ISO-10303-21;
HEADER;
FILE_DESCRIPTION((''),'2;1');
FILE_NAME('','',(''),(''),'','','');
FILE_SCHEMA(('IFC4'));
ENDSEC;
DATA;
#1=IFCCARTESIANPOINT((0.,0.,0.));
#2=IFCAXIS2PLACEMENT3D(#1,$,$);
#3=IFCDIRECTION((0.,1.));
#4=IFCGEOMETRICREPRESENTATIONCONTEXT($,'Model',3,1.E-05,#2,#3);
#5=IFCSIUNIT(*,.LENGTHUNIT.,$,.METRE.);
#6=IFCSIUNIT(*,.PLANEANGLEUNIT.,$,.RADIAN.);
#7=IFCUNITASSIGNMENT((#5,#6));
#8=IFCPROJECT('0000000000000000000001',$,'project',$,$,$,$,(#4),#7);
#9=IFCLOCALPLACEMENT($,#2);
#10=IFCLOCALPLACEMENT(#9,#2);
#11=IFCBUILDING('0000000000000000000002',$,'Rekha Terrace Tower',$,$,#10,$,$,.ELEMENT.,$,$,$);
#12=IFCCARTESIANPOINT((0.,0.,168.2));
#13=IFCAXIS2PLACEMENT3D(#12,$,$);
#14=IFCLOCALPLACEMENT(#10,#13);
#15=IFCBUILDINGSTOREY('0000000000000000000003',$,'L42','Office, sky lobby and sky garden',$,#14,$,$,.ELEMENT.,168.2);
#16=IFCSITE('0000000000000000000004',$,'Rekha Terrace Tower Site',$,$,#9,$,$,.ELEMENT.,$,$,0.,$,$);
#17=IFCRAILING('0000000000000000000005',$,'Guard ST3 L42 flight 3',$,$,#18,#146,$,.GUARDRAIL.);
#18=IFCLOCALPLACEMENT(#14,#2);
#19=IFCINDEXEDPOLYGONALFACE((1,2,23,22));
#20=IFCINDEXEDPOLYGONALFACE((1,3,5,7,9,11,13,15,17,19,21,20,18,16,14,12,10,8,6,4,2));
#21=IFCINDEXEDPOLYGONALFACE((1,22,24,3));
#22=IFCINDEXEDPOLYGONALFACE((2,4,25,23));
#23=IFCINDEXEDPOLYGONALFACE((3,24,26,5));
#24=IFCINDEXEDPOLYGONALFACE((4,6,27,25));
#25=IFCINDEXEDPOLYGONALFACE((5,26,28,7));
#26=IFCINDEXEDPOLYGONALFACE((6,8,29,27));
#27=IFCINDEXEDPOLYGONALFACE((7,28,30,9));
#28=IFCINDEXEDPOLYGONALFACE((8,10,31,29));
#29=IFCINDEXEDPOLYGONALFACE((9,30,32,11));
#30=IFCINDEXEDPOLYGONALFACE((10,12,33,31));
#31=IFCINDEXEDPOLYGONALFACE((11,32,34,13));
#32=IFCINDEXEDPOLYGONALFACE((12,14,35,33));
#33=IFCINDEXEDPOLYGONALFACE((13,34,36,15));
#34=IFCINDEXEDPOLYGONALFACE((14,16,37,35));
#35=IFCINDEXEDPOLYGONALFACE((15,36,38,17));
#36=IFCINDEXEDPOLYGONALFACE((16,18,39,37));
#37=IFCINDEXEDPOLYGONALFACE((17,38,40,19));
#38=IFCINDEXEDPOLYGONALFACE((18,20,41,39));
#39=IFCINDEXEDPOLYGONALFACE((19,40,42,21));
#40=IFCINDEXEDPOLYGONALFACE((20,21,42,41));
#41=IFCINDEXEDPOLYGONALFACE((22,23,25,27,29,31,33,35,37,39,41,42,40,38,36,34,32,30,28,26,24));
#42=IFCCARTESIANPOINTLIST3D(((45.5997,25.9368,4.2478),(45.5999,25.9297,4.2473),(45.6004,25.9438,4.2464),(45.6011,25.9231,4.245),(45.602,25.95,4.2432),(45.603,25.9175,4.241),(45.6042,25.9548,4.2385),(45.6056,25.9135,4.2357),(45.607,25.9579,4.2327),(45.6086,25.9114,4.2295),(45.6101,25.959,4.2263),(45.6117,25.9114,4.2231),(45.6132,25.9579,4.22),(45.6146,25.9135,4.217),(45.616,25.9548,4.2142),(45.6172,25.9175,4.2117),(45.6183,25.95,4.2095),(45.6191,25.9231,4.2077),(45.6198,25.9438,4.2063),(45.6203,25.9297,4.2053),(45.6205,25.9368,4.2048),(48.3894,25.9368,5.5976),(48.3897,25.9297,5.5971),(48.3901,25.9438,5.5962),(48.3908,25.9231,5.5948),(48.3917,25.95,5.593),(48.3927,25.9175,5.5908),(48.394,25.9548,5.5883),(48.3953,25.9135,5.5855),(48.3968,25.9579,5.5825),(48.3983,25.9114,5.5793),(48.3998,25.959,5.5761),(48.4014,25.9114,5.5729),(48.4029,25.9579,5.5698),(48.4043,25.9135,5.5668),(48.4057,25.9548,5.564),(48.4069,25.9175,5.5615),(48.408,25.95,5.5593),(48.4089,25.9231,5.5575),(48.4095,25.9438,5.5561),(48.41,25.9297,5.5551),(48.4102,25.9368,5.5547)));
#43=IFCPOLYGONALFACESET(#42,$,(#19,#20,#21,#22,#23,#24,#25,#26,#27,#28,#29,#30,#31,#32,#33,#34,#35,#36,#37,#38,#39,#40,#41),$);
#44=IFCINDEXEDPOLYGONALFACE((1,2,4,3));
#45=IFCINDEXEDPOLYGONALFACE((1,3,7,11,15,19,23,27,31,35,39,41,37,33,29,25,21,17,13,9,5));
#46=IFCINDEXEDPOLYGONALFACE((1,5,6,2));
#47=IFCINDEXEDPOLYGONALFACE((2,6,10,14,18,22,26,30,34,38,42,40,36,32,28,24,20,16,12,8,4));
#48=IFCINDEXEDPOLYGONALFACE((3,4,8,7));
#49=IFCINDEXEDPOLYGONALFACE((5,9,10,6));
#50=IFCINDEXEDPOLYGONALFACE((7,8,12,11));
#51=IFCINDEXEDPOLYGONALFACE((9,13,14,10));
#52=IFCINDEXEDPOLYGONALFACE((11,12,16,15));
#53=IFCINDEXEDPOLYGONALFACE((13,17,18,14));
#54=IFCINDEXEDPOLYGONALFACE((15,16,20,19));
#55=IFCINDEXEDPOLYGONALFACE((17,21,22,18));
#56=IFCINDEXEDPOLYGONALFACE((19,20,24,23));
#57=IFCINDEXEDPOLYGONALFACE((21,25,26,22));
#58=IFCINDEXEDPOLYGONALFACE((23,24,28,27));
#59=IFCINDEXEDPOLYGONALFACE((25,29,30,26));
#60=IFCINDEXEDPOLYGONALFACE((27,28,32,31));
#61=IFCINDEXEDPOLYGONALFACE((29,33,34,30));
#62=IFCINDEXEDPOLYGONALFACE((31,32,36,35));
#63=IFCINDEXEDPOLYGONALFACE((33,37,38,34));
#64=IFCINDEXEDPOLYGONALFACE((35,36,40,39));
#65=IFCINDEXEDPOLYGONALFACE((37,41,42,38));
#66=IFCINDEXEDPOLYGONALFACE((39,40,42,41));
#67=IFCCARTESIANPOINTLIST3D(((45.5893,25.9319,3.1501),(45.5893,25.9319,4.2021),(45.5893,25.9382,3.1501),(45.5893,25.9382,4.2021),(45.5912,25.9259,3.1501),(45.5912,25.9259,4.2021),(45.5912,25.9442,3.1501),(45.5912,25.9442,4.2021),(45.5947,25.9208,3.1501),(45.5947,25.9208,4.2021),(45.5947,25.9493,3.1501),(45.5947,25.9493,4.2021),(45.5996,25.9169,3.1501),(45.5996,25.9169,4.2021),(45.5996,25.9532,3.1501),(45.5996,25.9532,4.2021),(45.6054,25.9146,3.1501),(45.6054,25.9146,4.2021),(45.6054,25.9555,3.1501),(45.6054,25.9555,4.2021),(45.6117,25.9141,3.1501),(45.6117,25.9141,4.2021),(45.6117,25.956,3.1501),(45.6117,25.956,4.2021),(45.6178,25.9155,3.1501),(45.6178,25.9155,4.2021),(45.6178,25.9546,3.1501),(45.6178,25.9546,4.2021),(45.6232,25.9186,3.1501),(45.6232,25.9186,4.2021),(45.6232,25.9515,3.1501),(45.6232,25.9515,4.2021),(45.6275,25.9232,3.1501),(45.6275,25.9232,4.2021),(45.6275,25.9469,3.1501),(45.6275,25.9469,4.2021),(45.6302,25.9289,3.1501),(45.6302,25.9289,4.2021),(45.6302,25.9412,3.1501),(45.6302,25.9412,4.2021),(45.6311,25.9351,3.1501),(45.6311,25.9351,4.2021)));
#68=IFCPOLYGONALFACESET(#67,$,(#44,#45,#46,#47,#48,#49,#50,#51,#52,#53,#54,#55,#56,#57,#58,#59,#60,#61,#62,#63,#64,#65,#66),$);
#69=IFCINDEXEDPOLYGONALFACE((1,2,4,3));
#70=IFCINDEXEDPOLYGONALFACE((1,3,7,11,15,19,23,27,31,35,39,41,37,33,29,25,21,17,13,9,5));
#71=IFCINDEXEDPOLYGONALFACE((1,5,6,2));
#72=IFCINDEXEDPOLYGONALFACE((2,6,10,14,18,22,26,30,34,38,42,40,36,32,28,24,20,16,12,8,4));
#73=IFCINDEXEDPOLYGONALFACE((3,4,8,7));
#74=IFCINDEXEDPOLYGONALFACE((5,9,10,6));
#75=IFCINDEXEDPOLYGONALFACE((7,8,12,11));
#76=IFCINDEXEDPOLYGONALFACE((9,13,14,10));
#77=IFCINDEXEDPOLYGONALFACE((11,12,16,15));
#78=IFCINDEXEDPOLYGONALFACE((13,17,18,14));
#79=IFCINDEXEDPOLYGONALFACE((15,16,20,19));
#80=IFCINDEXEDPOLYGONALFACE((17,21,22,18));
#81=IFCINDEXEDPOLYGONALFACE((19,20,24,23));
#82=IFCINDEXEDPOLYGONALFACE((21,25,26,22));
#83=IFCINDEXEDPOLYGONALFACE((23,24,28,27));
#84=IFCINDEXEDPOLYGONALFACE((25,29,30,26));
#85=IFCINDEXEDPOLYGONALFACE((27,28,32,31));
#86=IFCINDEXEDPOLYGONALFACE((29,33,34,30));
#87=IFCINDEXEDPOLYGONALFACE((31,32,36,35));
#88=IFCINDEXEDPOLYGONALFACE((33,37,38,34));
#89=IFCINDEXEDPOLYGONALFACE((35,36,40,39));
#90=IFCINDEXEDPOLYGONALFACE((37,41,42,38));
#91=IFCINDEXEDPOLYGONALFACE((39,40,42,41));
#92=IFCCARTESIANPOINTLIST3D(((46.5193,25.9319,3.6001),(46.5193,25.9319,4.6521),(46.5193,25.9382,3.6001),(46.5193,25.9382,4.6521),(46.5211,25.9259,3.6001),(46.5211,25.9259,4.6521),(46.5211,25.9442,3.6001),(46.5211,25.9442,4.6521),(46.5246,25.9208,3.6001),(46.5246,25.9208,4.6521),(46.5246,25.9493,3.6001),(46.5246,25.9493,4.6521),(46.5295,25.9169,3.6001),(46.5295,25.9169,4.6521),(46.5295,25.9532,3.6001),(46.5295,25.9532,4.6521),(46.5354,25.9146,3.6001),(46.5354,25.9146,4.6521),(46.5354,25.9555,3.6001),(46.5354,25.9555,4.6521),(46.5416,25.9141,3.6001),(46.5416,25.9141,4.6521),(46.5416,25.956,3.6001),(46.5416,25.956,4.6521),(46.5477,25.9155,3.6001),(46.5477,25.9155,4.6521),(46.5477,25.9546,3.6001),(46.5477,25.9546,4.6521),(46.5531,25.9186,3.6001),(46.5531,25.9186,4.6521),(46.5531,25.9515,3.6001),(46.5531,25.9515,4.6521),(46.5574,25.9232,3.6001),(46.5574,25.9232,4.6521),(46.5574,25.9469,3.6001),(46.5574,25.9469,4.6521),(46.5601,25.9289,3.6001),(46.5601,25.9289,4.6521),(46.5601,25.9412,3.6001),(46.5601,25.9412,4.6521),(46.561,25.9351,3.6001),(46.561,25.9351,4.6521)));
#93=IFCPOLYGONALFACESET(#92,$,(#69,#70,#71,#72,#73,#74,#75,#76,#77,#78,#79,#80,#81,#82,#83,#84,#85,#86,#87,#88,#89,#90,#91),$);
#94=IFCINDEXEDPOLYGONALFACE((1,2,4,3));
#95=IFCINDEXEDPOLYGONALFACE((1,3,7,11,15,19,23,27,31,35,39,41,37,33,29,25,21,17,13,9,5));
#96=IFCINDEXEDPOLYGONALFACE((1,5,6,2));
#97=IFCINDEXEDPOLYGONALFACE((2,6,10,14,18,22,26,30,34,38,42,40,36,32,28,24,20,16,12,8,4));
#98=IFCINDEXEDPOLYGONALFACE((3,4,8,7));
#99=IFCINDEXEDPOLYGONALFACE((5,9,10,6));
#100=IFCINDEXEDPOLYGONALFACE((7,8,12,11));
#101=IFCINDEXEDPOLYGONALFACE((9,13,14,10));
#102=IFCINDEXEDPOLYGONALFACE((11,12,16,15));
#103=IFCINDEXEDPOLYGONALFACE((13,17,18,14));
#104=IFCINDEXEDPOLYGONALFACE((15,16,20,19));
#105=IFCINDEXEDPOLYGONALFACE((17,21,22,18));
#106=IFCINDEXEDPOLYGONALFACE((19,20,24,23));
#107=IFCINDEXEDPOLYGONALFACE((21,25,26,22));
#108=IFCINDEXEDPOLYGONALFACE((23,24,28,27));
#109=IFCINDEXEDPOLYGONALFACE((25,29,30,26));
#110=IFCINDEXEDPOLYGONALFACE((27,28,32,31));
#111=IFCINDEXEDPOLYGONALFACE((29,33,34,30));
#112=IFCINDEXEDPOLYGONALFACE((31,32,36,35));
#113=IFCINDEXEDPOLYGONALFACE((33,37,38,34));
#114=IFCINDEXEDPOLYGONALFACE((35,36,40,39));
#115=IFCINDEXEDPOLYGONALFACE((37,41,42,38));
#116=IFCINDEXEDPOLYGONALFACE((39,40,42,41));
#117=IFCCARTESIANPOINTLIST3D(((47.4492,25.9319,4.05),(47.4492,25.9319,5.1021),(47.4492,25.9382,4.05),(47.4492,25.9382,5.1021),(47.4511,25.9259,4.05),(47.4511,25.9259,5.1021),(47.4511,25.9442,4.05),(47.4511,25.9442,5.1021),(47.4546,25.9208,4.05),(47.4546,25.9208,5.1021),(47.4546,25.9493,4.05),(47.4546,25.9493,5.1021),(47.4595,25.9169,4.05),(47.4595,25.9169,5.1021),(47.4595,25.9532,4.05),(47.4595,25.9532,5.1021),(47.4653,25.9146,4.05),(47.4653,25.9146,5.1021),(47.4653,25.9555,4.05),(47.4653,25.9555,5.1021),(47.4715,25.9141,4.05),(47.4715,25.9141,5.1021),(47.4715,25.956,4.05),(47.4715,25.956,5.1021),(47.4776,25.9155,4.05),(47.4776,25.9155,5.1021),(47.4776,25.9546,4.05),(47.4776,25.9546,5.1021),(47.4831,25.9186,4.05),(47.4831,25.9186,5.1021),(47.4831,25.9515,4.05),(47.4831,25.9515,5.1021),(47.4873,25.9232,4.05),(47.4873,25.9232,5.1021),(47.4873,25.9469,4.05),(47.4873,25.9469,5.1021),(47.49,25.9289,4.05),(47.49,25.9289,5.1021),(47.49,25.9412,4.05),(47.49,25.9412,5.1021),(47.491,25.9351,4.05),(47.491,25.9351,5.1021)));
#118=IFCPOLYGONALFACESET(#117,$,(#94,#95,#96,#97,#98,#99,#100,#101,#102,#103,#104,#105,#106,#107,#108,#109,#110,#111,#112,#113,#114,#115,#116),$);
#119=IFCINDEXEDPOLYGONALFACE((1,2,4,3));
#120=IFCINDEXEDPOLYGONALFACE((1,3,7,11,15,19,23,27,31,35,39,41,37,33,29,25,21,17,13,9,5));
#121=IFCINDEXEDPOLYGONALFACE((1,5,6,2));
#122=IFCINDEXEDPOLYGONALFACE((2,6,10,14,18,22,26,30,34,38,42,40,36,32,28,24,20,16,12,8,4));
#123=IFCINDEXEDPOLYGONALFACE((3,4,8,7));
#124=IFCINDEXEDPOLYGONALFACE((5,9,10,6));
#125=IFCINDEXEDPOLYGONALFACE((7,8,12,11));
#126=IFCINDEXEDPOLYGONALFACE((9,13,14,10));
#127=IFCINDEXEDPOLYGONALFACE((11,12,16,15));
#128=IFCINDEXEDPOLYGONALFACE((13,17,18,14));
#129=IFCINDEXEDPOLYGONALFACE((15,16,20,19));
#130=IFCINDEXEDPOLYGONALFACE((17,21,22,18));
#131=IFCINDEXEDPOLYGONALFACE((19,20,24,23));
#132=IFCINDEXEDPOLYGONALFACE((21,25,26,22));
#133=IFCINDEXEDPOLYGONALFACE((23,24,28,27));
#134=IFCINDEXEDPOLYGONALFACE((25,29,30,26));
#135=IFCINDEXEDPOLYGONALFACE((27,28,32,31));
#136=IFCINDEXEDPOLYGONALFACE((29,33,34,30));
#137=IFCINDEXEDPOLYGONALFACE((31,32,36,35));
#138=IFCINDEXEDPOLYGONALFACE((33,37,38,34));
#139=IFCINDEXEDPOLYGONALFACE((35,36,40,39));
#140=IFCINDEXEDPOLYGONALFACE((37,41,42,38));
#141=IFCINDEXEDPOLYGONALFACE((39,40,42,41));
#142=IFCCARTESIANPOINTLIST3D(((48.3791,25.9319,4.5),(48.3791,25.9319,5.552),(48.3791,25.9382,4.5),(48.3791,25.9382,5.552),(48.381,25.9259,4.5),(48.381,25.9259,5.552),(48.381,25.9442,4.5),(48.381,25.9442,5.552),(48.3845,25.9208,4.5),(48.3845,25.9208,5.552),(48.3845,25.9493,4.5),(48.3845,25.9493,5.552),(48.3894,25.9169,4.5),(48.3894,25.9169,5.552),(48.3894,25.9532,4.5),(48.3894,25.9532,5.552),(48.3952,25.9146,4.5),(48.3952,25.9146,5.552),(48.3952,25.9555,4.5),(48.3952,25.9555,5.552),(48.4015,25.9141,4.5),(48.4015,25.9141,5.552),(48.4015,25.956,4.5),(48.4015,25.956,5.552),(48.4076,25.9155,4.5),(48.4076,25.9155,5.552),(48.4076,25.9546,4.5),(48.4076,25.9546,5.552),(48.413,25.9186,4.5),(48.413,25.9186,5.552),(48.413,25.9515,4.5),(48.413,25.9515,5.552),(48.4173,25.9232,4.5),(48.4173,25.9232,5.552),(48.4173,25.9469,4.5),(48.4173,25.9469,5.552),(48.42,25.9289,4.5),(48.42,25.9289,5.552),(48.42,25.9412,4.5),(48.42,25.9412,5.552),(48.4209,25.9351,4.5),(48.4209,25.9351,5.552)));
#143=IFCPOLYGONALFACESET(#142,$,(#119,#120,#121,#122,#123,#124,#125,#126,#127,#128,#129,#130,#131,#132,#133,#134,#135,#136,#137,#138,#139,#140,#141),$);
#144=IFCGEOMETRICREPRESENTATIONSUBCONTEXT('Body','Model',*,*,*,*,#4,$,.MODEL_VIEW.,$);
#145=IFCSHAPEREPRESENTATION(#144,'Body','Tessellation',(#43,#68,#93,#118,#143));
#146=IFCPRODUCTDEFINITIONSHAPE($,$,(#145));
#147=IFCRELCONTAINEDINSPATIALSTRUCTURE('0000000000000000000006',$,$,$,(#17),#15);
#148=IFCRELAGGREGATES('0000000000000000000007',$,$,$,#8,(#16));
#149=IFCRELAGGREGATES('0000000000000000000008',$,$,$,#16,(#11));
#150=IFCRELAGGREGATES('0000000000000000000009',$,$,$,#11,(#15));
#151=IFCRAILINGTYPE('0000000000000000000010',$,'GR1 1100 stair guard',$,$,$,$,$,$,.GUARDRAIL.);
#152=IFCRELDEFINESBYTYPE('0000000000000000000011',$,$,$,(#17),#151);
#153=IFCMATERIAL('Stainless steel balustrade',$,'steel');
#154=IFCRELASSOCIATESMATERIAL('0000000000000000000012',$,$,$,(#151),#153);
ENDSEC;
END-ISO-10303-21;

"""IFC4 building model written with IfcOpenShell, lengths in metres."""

from ifc_helpers import new_model, si_unit, direction, frame, origin, origin_2d, place, context, subcontext, project, spatial, circle, extrude, material, type_object, element, save


model = new_model("IFC4")

# Units and contexts
model_context = context("Model", 3, precision=1e-05, world=origin(), true_north=direction((0.0, 1.0)))
body_context = subcontext(model_context, "Body", "Model", "MODEL_VIEW")
ifc_project = project(units=[si_unit("LENGTHUNIT", "METRE"), si_unit("PLANEANGLEUNIT", "RADIAN")], contexts=[model_context])

# Site, building, storey
site_placement = place(None, origin())
site = spatial("IfcSite", under=ifc_project, at=site_placement, Name="Rekha Terrace Tower Site", CompositionType="ELEMENT", RefElevation=0.0)
building_placement = place(site_placement, origin())
building = spatial("IfcBuilding", under=site, at=building_placement, Name="Rekha Terrace Tower", CompositionType="ELEMENT")
storey_placement = place(building_placement, frame((0.0, 0.0, 168.2)))
storey = spatial("IfcBuildingStorey", under=building, at=storey_placement, Name="L42", Description="Office, sky lobby and sky garden", CompositionType="ELEMENT", Elevation=168.2)

# Railing
ifc_material_1 = material(Name="Stainless steel balustrade", Category="steel")
railing_type_1 = type_object("IfcRailingType", Name="GR1 1100 stair guard", PredefinedType="GUARDRAIL", material=ifc_material_1)
railing_1_placement = place(storey_placement, frame((45.6101, 25.9351, 3.1501)))
element("IfcRailing", 1, at=railing_1_placement, inside=storey, type_object=railing_type_1, Name="Guard ST3 L42 flight 3", PredefinedType="GUARDRAIL", context=body_context, shape_type="SweptSolid", body=[
    extrude(circle(Radius=0.0239, at=origin_2d()), frame((0.0, 0.0, 1.0762), z_axis=(0.900165, 0.0, 0.435549), x_axis=(0.0, 1.0, 0.0)), (0.0, 0.0, 1.0), 3.0991),
    extrude(circle(Radius=0.021, at=origin_2d()), origin(), (0.0, 0.0, 1.0), 1.052),
    extrude(circle(Radius=0.021, at=origin_2d()), frame((0.9299, 0.0, 0.45)), (0.0, 0.0, 1.0), 1.052),
    extrude(circle(Radius=0.021, at=origin_2d()), frame((1.8599, 0.0, 0.8999)), (0.0, 0.0, 1.0), 1.052),
    extrude(circle(Radius=0.021, at=origin_2d()), frame((2.7898, 0.0, 1.3499)), (0.0, 0.0, 1.0), 1.052),
])

save(model, "model.ifc")
